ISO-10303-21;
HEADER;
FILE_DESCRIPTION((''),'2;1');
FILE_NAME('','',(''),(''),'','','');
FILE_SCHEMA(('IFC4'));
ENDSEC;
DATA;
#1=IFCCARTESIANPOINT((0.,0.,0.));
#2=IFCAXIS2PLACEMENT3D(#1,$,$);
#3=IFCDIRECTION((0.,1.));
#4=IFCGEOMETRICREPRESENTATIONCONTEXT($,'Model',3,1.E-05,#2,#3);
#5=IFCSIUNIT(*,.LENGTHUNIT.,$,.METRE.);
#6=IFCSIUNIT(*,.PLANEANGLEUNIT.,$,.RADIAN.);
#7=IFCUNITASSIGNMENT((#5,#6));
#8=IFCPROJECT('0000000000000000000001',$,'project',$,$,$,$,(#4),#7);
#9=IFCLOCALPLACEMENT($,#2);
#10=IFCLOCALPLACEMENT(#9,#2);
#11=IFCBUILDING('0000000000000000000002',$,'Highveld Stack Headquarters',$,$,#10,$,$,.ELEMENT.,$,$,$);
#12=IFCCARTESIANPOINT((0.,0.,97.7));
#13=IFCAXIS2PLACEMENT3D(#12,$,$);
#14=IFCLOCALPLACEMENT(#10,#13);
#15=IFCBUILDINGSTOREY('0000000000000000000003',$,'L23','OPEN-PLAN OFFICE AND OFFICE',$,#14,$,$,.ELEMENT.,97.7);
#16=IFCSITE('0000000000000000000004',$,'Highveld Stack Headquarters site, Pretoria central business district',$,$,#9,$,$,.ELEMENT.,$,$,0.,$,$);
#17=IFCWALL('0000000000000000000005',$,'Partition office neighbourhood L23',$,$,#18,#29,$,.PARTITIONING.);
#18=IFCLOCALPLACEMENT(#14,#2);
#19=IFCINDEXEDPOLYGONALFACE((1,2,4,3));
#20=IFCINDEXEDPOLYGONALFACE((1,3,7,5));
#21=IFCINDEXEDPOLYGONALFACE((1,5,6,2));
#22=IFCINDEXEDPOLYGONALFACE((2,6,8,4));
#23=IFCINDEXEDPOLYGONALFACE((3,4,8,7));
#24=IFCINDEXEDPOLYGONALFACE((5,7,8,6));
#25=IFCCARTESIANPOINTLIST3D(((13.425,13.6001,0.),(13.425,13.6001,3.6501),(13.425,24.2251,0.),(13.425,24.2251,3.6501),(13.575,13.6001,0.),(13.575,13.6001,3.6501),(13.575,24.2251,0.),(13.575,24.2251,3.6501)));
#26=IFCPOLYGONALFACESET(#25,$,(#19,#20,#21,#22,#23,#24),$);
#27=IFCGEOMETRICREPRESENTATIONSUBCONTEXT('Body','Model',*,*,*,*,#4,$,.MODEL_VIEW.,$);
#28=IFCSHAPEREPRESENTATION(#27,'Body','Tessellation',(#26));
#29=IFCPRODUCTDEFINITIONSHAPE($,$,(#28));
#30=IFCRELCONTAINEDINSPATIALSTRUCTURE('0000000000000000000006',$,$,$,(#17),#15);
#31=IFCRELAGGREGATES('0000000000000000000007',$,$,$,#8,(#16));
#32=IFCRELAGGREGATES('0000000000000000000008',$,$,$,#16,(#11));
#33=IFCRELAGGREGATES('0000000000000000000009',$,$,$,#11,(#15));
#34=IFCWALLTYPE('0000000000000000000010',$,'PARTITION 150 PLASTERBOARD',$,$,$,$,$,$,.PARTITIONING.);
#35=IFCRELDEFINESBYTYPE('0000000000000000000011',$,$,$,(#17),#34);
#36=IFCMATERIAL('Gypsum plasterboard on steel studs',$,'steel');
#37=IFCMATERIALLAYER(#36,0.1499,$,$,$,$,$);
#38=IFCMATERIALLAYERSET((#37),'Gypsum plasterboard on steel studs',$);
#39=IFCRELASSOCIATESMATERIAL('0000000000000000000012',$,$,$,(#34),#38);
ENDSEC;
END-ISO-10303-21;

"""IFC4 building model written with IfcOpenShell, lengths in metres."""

from ifc_helpers import new_model, si_unit, direction, frame, frame_2d, origin, place, context, subcontext, project, spatial, rectangle, extrude, material, layer, layer_set, type_object, element, save


model = new_model("IFC4")

# Units and contexts
model_context = context("Model", 3, precision=1e-05, world=origin(), true_north=direction((0.0, 1.0)))
body_context = subcontext(model_context, "Body", "Model", "MODEL_VIEW")
ifc_project = project(units=[si_unit("LENGTHUNIT", "METRE"), si_unit("PLANEANGLEUNIT", "RADIAN")], contexts=[model_context])

# Site, building, storey
site_placement = place(None, origin())
site = spatial("IfcSite", under=ifc_project, at=site_placement, Name="Highveld Stack Headquarters site, Pretoria central business district", CompositionType="ELEMENT", RefElevation=0.0)
building_placement = place(site_placement, origin())
building = spatial("IfcBuilding", under=site, at=building_placement, Name="Highveld Stack Headquarters", CompositionType="ELEMENT")
storey_placement = place(building_placement, frame((0.0, 0.0, 97.7)))
storey = spatial("IfcBuildingStorey", under=building, at=storey_placement, Name="L23", Description="OPEN-PLAN OFFICE AND OFFICE", CompositionType="ELEMENT", Elevation=97.7)

# Shared definitions
ifc_material_1 = material(Name="Gypsum plasterboard on steel studs", Category="steel")
ifc_layer_1 = layer(ifc_material_1, 0.1499)
ifc_layer_set_1 = layer_set([ifc_layer_1], Name="Gypsum plasterboard on steel studs")
wall_type_1 = type_object("IfcWallType", Name="PARTITION 150 PLASTERBOARD", PredefinedType="PARTITIONING", material=ifc_layer_set_1)

# Wall
wall_1_placement = place(storey_placement, frame((13.5, 13.6001, 0.0), z_axis=(0.0, 0.0, 1.0), x_axis=(0.0, 1.0, 0.0)))
element("IfcWall", 1, at=wall_1_placement, inside=storey, type_object=wall_type_1, Name="Partition office neighbourhood L23", PredefinedType="PARTITIONING", context=body_context, shape_type="SweptSolid", body=[
    extrude(rectangle(XDim=10.625, YDim=0.1499, at=frame_2d((5.3125, 0.0))), origin(), (0.0, 0.0, 1.0), 3.6501),
])

save(model, "model.ifc")
